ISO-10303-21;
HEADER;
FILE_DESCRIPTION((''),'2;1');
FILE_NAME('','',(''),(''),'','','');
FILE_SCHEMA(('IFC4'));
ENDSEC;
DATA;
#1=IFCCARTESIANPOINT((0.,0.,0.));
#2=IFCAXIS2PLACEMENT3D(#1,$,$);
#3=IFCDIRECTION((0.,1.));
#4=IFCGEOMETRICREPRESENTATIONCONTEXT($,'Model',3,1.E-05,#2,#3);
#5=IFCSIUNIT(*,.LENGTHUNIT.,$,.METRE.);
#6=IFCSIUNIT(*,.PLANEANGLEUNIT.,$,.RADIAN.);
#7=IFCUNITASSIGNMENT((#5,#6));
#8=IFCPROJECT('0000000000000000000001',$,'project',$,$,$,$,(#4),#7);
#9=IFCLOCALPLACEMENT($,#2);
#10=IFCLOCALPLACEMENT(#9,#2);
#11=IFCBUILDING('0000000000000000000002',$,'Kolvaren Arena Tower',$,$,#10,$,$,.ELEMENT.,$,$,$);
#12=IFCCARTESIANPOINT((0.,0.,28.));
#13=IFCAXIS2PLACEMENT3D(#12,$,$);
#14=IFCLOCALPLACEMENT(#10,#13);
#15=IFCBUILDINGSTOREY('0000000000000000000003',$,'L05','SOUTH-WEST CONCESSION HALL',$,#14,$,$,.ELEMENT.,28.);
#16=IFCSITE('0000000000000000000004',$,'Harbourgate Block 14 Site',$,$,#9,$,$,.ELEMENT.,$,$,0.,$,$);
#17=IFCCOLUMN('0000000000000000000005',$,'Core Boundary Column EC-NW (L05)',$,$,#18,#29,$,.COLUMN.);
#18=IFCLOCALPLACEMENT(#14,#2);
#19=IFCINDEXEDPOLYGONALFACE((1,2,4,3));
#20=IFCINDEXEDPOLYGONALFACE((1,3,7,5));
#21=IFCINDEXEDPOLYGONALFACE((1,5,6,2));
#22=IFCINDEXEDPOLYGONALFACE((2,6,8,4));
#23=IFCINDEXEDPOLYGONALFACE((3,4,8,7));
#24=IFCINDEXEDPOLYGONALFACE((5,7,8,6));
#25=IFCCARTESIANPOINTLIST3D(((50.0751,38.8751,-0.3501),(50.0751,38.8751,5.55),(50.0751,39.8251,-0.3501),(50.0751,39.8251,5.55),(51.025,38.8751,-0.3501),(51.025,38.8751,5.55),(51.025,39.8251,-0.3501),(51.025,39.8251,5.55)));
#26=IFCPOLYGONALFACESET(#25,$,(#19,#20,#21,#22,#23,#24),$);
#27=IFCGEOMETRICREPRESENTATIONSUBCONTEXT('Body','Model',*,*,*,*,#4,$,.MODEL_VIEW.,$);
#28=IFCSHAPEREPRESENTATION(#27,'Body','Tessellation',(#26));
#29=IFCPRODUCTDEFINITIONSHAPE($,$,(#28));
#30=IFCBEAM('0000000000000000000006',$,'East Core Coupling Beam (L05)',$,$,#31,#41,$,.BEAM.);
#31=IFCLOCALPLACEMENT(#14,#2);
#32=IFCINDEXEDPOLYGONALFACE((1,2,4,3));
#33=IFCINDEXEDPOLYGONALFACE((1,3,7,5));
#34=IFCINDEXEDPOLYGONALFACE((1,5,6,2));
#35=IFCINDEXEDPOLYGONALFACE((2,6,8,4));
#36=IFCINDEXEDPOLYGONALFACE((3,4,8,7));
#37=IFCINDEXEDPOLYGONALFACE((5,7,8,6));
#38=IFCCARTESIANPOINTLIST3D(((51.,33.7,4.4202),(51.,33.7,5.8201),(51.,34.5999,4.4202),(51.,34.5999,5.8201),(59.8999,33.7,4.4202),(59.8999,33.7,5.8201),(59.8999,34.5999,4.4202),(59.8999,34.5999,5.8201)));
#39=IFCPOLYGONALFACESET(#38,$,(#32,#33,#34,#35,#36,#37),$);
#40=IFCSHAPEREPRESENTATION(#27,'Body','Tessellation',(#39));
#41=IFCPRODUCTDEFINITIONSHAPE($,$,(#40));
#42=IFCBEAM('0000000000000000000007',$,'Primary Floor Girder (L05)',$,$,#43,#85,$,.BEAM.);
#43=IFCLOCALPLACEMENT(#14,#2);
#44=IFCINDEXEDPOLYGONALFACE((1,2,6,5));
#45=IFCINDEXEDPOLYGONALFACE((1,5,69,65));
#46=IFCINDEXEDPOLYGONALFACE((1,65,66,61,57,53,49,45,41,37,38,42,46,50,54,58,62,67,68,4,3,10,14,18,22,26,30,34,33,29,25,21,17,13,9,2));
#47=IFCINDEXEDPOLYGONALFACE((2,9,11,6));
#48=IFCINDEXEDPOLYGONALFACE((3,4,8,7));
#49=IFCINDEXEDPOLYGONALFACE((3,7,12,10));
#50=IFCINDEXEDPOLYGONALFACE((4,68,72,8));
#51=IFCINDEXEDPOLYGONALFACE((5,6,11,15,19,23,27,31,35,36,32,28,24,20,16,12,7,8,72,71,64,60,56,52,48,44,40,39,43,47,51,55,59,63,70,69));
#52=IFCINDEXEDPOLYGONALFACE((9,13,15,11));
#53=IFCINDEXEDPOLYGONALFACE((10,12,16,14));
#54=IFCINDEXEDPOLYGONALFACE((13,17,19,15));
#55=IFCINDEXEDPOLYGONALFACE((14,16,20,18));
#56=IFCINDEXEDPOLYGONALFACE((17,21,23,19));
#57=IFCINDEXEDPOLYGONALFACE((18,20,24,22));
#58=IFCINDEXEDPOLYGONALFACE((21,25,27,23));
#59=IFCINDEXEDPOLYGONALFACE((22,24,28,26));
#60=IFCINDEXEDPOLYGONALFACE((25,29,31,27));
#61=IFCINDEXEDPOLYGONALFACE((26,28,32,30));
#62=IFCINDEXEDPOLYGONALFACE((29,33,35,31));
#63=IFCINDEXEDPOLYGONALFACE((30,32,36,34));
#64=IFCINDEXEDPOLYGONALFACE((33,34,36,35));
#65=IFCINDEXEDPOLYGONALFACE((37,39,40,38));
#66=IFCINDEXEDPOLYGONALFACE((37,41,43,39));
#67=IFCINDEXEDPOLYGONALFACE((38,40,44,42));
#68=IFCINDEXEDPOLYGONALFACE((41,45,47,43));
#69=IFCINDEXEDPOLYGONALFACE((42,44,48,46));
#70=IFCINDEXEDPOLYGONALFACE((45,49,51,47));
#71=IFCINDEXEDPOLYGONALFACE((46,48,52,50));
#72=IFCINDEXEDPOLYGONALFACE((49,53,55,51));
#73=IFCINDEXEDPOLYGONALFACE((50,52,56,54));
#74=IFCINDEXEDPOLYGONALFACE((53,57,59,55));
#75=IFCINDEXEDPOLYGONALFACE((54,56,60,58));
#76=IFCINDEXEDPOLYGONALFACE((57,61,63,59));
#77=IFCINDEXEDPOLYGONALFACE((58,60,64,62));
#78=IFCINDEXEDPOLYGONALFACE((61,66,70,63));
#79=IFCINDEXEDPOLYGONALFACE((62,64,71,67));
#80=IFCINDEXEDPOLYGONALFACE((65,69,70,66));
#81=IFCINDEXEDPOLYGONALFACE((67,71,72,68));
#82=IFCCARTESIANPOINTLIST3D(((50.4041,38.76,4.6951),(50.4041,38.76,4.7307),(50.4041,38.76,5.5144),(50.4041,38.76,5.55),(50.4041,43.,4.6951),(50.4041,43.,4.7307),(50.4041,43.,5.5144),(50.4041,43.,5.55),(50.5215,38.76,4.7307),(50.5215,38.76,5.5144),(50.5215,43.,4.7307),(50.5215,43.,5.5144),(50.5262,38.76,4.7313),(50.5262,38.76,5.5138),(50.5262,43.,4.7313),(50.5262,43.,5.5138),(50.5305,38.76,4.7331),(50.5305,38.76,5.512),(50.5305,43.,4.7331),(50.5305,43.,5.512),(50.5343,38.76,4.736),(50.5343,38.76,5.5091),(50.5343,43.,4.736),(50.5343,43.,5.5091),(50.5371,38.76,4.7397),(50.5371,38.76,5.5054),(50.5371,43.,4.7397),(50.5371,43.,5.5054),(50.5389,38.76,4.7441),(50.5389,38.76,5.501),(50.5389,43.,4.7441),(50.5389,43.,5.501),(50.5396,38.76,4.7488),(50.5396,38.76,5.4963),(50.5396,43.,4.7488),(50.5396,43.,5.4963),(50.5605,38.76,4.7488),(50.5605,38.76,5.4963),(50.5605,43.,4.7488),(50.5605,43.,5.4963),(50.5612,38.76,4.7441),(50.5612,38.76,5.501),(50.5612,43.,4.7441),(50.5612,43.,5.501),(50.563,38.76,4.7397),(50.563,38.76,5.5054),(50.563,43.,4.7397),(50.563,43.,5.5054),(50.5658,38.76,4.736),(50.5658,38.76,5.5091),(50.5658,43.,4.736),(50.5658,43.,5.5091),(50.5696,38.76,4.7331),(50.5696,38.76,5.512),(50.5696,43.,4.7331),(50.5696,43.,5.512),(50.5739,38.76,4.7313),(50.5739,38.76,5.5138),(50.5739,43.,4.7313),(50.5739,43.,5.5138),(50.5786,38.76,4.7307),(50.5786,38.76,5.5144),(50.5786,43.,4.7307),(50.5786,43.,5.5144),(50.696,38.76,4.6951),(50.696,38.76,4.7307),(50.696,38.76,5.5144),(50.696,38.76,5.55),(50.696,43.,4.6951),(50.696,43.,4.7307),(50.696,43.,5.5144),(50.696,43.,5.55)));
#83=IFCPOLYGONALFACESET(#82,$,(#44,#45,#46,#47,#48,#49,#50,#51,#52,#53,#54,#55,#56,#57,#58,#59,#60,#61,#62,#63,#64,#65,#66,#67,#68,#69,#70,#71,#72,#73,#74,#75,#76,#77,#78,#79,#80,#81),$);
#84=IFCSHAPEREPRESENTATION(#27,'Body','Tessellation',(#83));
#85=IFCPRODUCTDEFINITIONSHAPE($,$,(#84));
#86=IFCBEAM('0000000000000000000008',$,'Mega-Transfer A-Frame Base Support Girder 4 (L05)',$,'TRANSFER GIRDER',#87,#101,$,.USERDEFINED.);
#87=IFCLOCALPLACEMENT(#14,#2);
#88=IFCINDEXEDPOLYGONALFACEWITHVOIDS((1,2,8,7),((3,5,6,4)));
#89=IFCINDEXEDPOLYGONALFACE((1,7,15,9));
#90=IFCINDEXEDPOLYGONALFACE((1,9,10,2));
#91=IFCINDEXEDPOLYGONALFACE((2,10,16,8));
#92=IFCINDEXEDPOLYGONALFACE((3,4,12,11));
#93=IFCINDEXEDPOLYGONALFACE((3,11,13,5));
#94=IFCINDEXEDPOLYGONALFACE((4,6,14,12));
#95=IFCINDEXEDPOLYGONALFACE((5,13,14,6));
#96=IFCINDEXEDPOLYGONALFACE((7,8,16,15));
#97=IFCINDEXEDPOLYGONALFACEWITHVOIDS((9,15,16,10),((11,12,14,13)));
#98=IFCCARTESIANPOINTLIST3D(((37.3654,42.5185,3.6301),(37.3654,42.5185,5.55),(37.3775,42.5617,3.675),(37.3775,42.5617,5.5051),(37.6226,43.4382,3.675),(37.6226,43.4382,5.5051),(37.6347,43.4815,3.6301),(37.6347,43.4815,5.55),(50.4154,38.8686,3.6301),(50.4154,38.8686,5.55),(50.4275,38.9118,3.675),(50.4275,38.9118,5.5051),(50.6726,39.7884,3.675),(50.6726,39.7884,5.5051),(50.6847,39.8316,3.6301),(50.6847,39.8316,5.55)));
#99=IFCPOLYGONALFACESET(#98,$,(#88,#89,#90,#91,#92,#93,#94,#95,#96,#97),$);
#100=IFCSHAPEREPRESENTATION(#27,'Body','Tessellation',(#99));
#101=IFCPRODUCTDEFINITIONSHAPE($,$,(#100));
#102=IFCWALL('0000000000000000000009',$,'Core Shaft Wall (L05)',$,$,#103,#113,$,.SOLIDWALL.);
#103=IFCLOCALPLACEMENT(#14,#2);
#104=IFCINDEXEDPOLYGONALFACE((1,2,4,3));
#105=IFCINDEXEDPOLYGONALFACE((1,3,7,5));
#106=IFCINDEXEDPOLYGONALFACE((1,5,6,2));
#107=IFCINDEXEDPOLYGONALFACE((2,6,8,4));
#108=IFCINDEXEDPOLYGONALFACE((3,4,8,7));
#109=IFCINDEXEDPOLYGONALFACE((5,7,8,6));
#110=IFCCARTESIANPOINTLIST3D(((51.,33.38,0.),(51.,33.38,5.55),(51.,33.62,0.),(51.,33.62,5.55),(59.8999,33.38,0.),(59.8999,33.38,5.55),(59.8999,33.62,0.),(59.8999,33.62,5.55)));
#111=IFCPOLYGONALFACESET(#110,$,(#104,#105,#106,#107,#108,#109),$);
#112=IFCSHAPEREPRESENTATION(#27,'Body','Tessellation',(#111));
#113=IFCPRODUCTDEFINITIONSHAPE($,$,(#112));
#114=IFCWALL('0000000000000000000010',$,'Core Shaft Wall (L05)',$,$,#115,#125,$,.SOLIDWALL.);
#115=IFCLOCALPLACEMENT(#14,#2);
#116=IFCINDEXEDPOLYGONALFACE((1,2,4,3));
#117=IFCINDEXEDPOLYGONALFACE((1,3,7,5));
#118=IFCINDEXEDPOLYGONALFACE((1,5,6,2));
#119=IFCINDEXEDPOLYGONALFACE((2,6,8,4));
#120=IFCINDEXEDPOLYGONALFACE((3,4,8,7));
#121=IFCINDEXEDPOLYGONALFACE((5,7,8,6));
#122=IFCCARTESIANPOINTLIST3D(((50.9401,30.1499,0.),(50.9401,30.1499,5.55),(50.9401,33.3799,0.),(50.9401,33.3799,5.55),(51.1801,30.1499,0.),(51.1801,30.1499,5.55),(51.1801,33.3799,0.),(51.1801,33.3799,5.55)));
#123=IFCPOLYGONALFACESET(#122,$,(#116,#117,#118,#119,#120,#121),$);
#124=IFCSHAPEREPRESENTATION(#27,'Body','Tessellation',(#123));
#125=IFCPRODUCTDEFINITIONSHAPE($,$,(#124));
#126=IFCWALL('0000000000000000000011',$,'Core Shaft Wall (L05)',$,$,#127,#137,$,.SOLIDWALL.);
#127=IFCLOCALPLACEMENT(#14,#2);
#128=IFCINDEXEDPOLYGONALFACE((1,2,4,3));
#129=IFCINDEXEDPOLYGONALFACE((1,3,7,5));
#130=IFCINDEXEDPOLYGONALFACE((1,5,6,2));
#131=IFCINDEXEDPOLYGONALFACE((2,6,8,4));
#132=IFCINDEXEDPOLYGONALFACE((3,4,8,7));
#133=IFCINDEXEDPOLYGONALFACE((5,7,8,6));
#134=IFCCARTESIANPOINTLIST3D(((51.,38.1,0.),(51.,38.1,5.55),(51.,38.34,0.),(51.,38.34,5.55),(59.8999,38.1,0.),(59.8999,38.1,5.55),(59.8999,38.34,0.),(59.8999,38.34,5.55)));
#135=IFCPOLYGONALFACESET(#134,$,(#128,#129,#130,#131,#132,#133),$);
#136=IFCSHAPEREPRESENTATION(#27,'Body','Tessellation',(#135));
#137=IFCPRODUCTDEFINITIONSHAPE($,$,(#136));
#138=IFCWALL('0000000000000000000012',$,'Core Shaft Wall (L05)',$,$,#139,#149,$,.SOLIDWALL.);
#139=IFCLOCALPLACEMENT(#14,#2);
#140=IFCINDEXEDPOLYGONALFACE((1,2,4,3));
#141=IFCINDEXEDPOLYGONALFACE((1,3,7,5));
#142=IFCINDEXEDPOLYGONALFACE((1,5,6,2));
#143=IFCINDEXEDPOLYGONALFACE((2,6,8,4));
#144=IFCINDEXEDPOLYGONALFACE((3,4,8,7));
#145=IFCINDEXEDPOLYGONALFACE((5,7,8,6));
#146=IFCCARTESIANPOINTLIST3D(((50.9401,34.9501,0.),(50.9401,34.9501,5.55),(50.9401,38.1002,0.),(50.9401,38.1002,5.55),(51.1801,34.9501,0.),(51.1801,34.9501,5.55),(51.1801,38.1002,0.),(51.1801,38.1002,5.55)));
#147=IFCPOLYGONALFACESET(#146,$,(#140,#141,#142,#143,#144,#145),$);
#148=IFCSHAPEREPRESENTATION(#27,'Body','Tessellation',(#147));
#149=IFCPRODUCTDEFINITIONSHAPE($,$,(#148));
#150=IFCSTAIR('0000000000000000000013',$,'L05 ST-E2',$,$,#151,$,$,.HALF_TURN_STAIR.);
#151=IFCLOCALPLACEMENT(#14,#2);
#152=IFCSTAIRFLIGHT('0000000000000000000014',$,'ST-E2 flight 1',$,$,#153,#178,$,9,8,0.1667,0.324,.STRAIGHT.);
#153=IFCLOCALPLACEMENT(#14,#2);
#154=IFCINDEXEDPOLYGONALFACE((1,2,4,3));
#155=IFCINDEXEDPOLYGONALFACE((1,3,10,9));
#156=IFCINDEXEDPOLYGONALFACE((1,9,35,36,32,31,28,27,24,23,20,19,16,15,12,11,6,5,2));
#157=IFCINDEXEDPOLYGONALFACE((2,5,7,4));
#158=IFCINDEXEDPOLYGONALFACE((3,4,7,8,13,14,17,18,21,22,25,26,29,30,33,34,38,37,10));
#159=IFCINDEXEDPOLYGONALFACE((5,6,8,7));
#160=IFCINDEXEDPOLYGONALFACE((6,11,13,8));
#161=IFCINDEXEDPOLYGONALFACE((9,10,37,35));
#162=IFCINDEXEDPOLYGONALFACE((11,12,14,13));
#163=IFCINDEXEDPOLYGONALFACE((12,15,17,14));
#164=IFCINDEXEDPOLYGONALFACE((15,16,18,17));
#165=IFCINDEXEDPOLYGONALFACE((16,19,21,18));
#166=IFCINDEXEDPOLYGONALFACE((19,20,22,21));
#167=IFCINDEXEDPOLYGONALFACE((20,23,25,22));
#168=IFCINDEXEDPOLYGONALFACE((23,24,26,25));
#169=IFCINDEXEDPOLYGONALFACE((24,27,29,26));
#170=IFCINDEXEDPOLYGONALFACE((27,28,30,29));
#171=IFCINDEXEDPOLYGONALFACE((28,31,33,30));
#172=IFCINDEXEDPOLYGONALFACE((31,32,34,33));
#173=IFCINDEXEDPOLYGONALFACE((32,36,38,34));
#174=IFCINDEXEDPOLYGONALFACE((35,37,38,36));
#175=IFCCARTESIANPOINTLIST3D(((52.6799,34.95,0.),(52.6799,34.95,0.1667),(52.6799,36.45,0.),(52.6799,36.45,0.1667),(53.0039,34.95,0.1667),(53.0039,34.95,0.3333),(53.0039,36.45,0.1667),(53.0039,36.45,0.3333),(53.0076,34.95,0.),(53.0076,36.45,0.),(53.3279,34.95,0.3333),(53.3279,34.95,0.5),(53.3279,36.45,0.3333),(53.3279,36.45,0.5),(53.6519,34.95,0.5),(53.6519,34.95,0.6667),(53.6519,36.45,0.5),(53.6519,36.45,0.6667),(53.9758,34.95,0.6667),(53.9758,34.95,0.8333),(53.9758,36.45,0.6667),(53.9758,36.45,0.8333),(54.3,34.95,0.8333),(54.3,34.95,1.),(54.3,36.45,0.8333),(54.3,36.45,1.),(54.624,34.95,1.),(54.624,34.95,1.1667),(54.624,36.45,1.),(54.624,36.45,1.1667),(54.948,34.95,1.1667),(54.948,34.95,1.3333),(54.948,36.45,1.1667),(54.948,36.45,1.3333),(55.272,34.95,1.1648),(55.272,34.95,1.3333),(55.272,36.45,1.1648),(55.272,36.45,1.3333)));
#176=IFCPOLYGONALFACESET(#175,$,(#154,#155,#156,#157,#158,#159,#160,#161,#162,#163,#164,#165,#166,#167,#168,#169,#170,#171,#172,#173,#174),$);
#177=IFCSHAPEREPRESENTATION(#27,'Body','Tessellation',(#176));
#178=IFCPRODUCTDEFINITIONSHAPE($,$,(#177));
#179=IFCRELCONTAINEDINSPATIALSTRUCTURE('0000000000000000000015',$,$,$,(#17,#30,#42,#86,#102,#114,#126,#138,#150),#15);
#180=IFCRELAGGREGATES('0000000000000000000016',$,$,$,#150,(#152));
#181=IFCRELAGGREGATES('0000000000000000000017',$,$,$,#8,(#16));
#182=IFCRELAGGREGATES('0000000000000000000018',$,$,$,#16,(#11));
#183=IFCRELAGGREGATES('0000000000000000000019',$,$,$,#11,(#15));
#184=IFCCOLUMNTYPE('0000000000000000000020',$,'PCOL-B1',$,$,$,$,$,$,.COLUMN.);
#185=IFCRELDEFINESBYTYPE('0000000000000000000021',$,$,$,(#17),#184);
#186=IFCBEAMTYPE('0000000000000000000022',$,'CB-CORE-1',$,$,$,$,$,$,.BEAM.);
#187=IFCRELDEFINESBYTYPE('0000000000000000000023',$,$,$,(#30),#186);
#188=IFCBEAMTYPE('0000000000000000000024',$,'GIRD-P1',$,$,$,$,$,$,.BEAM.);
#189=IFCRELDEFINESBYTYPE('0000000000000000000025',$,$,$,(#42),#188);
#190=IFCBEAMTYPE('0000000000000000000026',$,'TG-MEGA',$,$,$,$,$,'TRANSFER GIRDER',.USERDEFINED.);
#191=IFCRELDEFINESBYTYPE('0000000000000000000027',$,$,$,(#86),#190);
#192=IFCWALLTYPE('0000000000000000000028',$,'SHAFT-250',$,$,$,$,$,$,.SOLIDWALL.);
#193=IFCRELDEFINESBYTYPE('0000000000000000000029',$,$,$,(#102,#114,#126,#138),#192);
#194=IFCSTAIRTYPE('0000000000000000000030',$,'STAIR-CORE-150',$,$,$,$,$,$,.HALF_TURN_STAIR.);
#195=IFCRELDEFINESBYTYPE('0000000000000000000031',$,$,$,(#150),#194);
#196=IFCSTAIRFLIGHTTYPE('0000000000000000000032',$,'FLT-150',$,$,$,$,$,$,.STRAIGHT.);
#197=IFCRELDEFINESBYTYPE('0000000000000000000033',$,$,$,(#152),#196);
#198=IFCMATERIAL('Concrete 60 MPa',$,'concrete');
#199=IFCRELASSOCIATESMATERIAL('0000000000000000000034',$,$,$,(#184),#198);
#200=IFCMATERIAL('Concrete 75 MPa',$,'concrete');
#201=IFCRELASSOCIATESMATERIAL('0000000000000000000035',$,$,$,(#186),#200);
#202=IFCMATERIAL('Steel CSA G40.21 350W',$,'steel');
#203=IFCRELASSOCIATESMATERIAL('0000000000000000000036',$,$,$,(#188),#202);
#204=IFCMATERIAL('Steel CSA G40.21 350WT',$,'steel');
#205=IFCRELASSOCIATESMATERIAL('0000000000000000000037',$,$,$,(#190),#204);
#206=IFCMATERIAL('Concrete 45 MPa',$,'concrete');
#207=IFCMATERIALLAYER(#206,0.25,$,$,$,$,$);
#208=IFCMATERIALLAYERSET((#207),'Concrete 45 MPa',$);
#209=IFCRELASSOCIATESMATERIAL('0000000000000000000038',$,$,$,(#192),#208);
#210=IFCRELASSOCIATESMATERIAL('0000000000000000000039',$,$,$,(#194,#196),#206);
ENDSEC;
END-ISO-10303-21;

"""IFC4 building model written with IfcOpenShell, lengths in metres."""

from ifc_helpers import new_model, si_unit, direction, frame, frame_2d, origin, origin_2d, place, context, subcontext, project, spatial, polyline, rectangle, hollow_rectangle, i_section, outline, extrude, material, layer, layer_set, material_profile, profile_set, type_object, element, aggregate, save


model = new_model("IFC4")

# Units and contexts
model_context = context("Model", 3, precision=1e-05, world=origin(), true_north=direction((0.0, 1.0)))
body_context = subcontext(model_context, "Body", "Model", "MODEL_VIEW")
ifc_project = project(units=[si_unit("LENGTHUNIT", "METRE"), si_unit("PLANEANGLEUNIT", "RADIAN")], contexts=[model_context])

# Site, building, storey
site_placement = place(None, origin())
site = spatial("IfcSite", under=ifc_project, at=site_placement, Name="Harbourgate Block 14 Site", CompositionType="ELEMENT", RefElevation=0.0)
building_placement = place(site_placement, origin())
building = spatial("IfcBuilding", under=site, at=building_placement, Name="Kolvaren Arena Tower", CompositionType="ELEMENT")
storey_placement = place(building_placement, frame((0.0, 0.0, 28.0)))
storey = spatial("IfcBuildingStorey", under=building, at=storey_placement, Name="L05", Description="SOUTH-WEST CONCESSION HALL", CompositionType="ELEMENT", Elevation=28.0)

# Column
ifc_material_1 = material(Name="Concrete 60 MPa", Category="concrete")
ifc_material_profile_1 = material_profile(ifc_material_1, rectangle(XDim=0.95, YDim=0.95, at=origin_2d()), Name="RC-950x950")
ifc_profile_set_1 = profile_set([ifc_material_profile_1], Name="Concrete 60 MPa")
column_type = type_object("IfcColumnType", Name="PCOL-B1", PredefinedType="COLUMN", material=ifc_profile_set_1)
column_placement = place(storey_placement, frame((50.55, 39.3501, -0.3501), z_axis=(0.0, 0.0, 1.0), x_axis=(1.0, 0.0, 0.0)))
element("IfcColumn", 1, at=column_placement, inside=storey, type_object=column_type, Name="Core Boundary Column EC-NW (L05)", PredefinedType="COLUMN", context=body_context, shape_type="SweptSolid", body=[
    extrude(rectangle(XDim=0.95, YDim=0.95, at=origin_2d()), origin(), (0.0, 0.0, 1.0), 5.9001),
])

# Beams
ifc_material_2 = material(Name="Concrete 75 MPa", Category="concrete")
ifc_material_profile_2 = material_profile(ifc_material_2, rectangle(XDim=0.8999, YDim=1.3999, at=origin_2d()), Name="RC-900x1400")
ifc_profile_set_2 = profile_set([ifc_material_profile_2], Name="Concrete 75 MPa")
beam_type_1 = type_object("IfcBeamType", Name="CB-CORE-1", PredefinedType="BEAM", material=ifc_profile_set_2)
beam_1_placement = place(storey_placement, frame((51.0, 34.1499, 5.1201), z_axis=(1.0, 0.0, 0.0), x_axis=(0.0, 1.0, 0.0)))
element("IfcBeam", 2, at=beam_1_placement, inside=storey, type_object=beam_type_1, Name="East Core Coupling Beam (L05)", PredefinedType="BEAM", context=body_context, shape_type="SweptSolid", body=[
    extrude(rectangle(XDim=0.8999, YDim=1.3999, at=origin_2d()), origin(), (0.0, 0.0, 1.0), 8.8999),
])
ifc_material_3 = material(Name="Steel CSA G40.21 350W", Category="steel")
ifc_material_profile_3 = material_profile(ifc_material_3, i_section(OverallWidth=0.292, OverallDepth=0.855, WebThickness=0.021, FlangeThickness=0.0356, FilletRadius=0.0181, at=origin_2d()), Name="W840x299")
ifc_profile_set_3 = profile_set([ifc_material_profile_3], Name="Steel CSA G40.21 350W")
beam_type_2 = type_object("IfcBeamType", Name="GIRD-P1", PredefinedType="BEAM", material=ifc_profile_set_3)
beam_2_placement = place(storey_placement, frame((50.55, 38.76, 5.1226), z_axis=(0.0, 1.0, 0.0), x_axis=(-1.0, 0.0, 0.0)))
element("IfcBeam", 3, at=beam_2_placement, inside=storey, type_object=beam_type_2, Name="Primary Floor Girder (L05)", PredefinedType="BEAM", context=body_context, shape_type="SweptSolid", body=[
    extrude(i_section(OverallWidth=0.292, OverallDepth=0.855, WebThickness=0.021, FlangeThickness=0.0356, FilletRadius=0.0181, at=origin_2d()), origin(), (0.0, 0.0, 1.0), 4.24),
])
ifc_material_4 = material(Name="Steel CSA G40.21 350WT", Category="steel")
ifc_material_profile_4 = material_profile(ifc_material_4, hollow_rectangle(XDim=1.0, YDim=1.9199, WallThickness=0.0449, at=origin_2d()), Name="BOX 1000x1920x45")
ifc_profile_set_4 = profile_set([ifc_material_profile_4], Name="Steel CSA G40.21 350WT")
beam_type_3 = type_object("IfcBeamType", Name="TG-MEGA", ElementType="TRANSFER GIRDER", PredefinedType="USERDEFINED", material=ifc_profile_set_4)
beam_3_placement = place(storey_placement, frame((50.55, 39.3501, 4.5901), z_axis=(-0.963043, 0.269349, 0.0), x_axis=(-0.269349, -0.963043, 0.0)))
element("IfcBeam", 4, at=beam_3_placement, inside=storey, type_object=beam_type_3, Name="Mega-Transfer A-Frame Base Support Girder 4 (L05)", ObjectType="TRANSFER GIRDER", PredefinedType="USERDEFINED", context=body_context, shape_type="SweptSolid", body=[
    extrude(hollow_rectangle(XDim=1.0, YDim=1.9199, WallThickness=0.0449, at=origin_2d()), origin(), (0.0, 0.0, 1.0), 13.5508),
])

# Walls
ifc_material_5 = material(Name="Concrete 45 MPa", Category="concrete")
ifc_layer = layer(ifc_material_5, 0.25)
ifc_layer_set = layer_set([ifc_layer], Name="Concrete 45 MPa")
wall_type = type_object("IfcWallType", Name="SHAFT-250", PredefinedType="SOLIDWALL", material=ifc_layer_set)
wall_1_placement = place(storey_placement, frame((51.0, 33.5, 0.0), z_axis=(0.0, 0.0, 1.0), x_axis=(1.0, 0.0, 0.0)))
element("IfcWall", 5, at=wall_1_placement, inside=storey, type_object=wall_type, Name="Core Shaft Wall (L05)", PredefinedType="SOLIDWALL", context=body_context, shape_type="SweptSolid", body=[
    extrude(rectangle(XDim=8.8999, YDim=0.24, at=frame_2d((4.45, 0.0))), origin(), (0.0, 0.0, 1.0), 5.55),
])
wall_2_placement = place(storey_placement, frame((51.0601, 30.1499, 0.0), z_axis=(0.0, 0.0, 1.0), x_axis=(0.0, 1.0, 0.0)))
element("IfcWall", 6, at=wall_2_placement, inside=storey, type_object=wall_type, Name="Core Shaft Wall (L05)", PredefinedType="SOLIDWALL", context=body_context, shape_type="SweptSolid", body=[
    extrude(rectangle(XDim=3.23, YDim=0.24, at=frame_2d((1.615, 0.0))), origin(), (0.0, 0.0, 1.0), 5.55),
])
wall_3_placement = place(storey_placement, frame((51.0, 38.22, 0.0), z_axis=(0.0, 0.0, 1.0), x_axis=(1.0, 0.0, 0.0)))
element("IfcWall", 7, at=wall_3_placement, inside=storey, type_object=wall_type, Name="Core Shaft Wall (L05)", PredefinedType="SOLIDWALL", context=body_context, shape_type="SweptSolid", body=[
    extrude(rectangle(XDim=8.8999, YDim=0.24, at=frame_2d((4.45, 0.0))), origin(), (0.0, 0.0, 1.0), 5.55),
])
wall_4_placement = place(storey_placement, frame((51.0601, 34.95, 0.0), z_axis=(0.0, 0.0, 1.0), x_axis=(0.0, 1.0, 0.0)))
element("IfcWall", 8, at=wall_4_placement, inside=storey, type_object=wall_type, Name="Core Shaft Wall (L05)", PredefinedType="SOLIDWALL", context=body_context, shape_type="SweptSolid", body=[
    extrude(rectangle(XDim=3.1501, YDim=0.24, at=frame_2d((1.5752, 0.0))), origin(), (0.0, 0.0, 1.0), 5.55),
])

# Stair, stair flight
stair_type_1 = type_object("IfcStairType", Name="STAIR-CORE-150", PredefinedType="HALF_TURN_STAIR", material=ifc_material_5)
stair_1_placement = place(storey_placement, origin())
stair_1 = element("IfcStair", 9, at=stair_1_placement, inside=storey, type_object=stair_type_1, Name="L05 ST-E2", PredefinedType="HALF_TURN_STAIR")
stair_flight_type_1 = type_object("IfcStairFlightType", Name="FLT-150", PredefinedType="STRAIGHT", material=ifc_material_5)
stair_flight_1_placement = place(storey_placement, frame((52.6799, 35.7, 0.0), z_axis=(0.0, 0.0, 1.0), x_axis=(1.0, 0.0, 0.0)))
stair_flight_1 = element("IfcStairFlight", 10, at=stair_flight_1_placement, type_object=stair_flight_type_1, Name="ST-E2 flight 1", NumberOfRisers=9, NumberOfTreads=8, PredefinedType="STRAIGHT", RiserHeight=0.1667, TreadLength=0.324, context=body_context, shape_type="SweptSolid", body=[
    extrude(outline(polyline([(0.0, 0.0), (0.0, 0.1667), (0.324, 0.1667), (0.324, 0.3333), (0.6479, 0.3333), (0.6479, 0.5), (0.9719, 0.5), (0.9719, 0.6667), (1.2959, 0.6667), (1.2959, 0.8333), (1.6201, 0.8333), (1.6201, 1.0), (1.9441, 1.0), (1.9441, 1.1667), (2.2681, 1.1667), (2.2681, 1.3333), (2.592, 1.3333), (2.592, 1.5), (2.592, 1.1648), (0.3276, 0.0), (0.0, 0.0)])), frame((0.0, 0.75, 0.0), z_axis=(0.0, -1.0, 0.0), x_axis=(1.0, 0.0, 0.0)), (0.0, 0.0, 1.0), 1.5),
])
aggregate(stair_1, [stair_flight_1])

save(model, "model.ifc")
